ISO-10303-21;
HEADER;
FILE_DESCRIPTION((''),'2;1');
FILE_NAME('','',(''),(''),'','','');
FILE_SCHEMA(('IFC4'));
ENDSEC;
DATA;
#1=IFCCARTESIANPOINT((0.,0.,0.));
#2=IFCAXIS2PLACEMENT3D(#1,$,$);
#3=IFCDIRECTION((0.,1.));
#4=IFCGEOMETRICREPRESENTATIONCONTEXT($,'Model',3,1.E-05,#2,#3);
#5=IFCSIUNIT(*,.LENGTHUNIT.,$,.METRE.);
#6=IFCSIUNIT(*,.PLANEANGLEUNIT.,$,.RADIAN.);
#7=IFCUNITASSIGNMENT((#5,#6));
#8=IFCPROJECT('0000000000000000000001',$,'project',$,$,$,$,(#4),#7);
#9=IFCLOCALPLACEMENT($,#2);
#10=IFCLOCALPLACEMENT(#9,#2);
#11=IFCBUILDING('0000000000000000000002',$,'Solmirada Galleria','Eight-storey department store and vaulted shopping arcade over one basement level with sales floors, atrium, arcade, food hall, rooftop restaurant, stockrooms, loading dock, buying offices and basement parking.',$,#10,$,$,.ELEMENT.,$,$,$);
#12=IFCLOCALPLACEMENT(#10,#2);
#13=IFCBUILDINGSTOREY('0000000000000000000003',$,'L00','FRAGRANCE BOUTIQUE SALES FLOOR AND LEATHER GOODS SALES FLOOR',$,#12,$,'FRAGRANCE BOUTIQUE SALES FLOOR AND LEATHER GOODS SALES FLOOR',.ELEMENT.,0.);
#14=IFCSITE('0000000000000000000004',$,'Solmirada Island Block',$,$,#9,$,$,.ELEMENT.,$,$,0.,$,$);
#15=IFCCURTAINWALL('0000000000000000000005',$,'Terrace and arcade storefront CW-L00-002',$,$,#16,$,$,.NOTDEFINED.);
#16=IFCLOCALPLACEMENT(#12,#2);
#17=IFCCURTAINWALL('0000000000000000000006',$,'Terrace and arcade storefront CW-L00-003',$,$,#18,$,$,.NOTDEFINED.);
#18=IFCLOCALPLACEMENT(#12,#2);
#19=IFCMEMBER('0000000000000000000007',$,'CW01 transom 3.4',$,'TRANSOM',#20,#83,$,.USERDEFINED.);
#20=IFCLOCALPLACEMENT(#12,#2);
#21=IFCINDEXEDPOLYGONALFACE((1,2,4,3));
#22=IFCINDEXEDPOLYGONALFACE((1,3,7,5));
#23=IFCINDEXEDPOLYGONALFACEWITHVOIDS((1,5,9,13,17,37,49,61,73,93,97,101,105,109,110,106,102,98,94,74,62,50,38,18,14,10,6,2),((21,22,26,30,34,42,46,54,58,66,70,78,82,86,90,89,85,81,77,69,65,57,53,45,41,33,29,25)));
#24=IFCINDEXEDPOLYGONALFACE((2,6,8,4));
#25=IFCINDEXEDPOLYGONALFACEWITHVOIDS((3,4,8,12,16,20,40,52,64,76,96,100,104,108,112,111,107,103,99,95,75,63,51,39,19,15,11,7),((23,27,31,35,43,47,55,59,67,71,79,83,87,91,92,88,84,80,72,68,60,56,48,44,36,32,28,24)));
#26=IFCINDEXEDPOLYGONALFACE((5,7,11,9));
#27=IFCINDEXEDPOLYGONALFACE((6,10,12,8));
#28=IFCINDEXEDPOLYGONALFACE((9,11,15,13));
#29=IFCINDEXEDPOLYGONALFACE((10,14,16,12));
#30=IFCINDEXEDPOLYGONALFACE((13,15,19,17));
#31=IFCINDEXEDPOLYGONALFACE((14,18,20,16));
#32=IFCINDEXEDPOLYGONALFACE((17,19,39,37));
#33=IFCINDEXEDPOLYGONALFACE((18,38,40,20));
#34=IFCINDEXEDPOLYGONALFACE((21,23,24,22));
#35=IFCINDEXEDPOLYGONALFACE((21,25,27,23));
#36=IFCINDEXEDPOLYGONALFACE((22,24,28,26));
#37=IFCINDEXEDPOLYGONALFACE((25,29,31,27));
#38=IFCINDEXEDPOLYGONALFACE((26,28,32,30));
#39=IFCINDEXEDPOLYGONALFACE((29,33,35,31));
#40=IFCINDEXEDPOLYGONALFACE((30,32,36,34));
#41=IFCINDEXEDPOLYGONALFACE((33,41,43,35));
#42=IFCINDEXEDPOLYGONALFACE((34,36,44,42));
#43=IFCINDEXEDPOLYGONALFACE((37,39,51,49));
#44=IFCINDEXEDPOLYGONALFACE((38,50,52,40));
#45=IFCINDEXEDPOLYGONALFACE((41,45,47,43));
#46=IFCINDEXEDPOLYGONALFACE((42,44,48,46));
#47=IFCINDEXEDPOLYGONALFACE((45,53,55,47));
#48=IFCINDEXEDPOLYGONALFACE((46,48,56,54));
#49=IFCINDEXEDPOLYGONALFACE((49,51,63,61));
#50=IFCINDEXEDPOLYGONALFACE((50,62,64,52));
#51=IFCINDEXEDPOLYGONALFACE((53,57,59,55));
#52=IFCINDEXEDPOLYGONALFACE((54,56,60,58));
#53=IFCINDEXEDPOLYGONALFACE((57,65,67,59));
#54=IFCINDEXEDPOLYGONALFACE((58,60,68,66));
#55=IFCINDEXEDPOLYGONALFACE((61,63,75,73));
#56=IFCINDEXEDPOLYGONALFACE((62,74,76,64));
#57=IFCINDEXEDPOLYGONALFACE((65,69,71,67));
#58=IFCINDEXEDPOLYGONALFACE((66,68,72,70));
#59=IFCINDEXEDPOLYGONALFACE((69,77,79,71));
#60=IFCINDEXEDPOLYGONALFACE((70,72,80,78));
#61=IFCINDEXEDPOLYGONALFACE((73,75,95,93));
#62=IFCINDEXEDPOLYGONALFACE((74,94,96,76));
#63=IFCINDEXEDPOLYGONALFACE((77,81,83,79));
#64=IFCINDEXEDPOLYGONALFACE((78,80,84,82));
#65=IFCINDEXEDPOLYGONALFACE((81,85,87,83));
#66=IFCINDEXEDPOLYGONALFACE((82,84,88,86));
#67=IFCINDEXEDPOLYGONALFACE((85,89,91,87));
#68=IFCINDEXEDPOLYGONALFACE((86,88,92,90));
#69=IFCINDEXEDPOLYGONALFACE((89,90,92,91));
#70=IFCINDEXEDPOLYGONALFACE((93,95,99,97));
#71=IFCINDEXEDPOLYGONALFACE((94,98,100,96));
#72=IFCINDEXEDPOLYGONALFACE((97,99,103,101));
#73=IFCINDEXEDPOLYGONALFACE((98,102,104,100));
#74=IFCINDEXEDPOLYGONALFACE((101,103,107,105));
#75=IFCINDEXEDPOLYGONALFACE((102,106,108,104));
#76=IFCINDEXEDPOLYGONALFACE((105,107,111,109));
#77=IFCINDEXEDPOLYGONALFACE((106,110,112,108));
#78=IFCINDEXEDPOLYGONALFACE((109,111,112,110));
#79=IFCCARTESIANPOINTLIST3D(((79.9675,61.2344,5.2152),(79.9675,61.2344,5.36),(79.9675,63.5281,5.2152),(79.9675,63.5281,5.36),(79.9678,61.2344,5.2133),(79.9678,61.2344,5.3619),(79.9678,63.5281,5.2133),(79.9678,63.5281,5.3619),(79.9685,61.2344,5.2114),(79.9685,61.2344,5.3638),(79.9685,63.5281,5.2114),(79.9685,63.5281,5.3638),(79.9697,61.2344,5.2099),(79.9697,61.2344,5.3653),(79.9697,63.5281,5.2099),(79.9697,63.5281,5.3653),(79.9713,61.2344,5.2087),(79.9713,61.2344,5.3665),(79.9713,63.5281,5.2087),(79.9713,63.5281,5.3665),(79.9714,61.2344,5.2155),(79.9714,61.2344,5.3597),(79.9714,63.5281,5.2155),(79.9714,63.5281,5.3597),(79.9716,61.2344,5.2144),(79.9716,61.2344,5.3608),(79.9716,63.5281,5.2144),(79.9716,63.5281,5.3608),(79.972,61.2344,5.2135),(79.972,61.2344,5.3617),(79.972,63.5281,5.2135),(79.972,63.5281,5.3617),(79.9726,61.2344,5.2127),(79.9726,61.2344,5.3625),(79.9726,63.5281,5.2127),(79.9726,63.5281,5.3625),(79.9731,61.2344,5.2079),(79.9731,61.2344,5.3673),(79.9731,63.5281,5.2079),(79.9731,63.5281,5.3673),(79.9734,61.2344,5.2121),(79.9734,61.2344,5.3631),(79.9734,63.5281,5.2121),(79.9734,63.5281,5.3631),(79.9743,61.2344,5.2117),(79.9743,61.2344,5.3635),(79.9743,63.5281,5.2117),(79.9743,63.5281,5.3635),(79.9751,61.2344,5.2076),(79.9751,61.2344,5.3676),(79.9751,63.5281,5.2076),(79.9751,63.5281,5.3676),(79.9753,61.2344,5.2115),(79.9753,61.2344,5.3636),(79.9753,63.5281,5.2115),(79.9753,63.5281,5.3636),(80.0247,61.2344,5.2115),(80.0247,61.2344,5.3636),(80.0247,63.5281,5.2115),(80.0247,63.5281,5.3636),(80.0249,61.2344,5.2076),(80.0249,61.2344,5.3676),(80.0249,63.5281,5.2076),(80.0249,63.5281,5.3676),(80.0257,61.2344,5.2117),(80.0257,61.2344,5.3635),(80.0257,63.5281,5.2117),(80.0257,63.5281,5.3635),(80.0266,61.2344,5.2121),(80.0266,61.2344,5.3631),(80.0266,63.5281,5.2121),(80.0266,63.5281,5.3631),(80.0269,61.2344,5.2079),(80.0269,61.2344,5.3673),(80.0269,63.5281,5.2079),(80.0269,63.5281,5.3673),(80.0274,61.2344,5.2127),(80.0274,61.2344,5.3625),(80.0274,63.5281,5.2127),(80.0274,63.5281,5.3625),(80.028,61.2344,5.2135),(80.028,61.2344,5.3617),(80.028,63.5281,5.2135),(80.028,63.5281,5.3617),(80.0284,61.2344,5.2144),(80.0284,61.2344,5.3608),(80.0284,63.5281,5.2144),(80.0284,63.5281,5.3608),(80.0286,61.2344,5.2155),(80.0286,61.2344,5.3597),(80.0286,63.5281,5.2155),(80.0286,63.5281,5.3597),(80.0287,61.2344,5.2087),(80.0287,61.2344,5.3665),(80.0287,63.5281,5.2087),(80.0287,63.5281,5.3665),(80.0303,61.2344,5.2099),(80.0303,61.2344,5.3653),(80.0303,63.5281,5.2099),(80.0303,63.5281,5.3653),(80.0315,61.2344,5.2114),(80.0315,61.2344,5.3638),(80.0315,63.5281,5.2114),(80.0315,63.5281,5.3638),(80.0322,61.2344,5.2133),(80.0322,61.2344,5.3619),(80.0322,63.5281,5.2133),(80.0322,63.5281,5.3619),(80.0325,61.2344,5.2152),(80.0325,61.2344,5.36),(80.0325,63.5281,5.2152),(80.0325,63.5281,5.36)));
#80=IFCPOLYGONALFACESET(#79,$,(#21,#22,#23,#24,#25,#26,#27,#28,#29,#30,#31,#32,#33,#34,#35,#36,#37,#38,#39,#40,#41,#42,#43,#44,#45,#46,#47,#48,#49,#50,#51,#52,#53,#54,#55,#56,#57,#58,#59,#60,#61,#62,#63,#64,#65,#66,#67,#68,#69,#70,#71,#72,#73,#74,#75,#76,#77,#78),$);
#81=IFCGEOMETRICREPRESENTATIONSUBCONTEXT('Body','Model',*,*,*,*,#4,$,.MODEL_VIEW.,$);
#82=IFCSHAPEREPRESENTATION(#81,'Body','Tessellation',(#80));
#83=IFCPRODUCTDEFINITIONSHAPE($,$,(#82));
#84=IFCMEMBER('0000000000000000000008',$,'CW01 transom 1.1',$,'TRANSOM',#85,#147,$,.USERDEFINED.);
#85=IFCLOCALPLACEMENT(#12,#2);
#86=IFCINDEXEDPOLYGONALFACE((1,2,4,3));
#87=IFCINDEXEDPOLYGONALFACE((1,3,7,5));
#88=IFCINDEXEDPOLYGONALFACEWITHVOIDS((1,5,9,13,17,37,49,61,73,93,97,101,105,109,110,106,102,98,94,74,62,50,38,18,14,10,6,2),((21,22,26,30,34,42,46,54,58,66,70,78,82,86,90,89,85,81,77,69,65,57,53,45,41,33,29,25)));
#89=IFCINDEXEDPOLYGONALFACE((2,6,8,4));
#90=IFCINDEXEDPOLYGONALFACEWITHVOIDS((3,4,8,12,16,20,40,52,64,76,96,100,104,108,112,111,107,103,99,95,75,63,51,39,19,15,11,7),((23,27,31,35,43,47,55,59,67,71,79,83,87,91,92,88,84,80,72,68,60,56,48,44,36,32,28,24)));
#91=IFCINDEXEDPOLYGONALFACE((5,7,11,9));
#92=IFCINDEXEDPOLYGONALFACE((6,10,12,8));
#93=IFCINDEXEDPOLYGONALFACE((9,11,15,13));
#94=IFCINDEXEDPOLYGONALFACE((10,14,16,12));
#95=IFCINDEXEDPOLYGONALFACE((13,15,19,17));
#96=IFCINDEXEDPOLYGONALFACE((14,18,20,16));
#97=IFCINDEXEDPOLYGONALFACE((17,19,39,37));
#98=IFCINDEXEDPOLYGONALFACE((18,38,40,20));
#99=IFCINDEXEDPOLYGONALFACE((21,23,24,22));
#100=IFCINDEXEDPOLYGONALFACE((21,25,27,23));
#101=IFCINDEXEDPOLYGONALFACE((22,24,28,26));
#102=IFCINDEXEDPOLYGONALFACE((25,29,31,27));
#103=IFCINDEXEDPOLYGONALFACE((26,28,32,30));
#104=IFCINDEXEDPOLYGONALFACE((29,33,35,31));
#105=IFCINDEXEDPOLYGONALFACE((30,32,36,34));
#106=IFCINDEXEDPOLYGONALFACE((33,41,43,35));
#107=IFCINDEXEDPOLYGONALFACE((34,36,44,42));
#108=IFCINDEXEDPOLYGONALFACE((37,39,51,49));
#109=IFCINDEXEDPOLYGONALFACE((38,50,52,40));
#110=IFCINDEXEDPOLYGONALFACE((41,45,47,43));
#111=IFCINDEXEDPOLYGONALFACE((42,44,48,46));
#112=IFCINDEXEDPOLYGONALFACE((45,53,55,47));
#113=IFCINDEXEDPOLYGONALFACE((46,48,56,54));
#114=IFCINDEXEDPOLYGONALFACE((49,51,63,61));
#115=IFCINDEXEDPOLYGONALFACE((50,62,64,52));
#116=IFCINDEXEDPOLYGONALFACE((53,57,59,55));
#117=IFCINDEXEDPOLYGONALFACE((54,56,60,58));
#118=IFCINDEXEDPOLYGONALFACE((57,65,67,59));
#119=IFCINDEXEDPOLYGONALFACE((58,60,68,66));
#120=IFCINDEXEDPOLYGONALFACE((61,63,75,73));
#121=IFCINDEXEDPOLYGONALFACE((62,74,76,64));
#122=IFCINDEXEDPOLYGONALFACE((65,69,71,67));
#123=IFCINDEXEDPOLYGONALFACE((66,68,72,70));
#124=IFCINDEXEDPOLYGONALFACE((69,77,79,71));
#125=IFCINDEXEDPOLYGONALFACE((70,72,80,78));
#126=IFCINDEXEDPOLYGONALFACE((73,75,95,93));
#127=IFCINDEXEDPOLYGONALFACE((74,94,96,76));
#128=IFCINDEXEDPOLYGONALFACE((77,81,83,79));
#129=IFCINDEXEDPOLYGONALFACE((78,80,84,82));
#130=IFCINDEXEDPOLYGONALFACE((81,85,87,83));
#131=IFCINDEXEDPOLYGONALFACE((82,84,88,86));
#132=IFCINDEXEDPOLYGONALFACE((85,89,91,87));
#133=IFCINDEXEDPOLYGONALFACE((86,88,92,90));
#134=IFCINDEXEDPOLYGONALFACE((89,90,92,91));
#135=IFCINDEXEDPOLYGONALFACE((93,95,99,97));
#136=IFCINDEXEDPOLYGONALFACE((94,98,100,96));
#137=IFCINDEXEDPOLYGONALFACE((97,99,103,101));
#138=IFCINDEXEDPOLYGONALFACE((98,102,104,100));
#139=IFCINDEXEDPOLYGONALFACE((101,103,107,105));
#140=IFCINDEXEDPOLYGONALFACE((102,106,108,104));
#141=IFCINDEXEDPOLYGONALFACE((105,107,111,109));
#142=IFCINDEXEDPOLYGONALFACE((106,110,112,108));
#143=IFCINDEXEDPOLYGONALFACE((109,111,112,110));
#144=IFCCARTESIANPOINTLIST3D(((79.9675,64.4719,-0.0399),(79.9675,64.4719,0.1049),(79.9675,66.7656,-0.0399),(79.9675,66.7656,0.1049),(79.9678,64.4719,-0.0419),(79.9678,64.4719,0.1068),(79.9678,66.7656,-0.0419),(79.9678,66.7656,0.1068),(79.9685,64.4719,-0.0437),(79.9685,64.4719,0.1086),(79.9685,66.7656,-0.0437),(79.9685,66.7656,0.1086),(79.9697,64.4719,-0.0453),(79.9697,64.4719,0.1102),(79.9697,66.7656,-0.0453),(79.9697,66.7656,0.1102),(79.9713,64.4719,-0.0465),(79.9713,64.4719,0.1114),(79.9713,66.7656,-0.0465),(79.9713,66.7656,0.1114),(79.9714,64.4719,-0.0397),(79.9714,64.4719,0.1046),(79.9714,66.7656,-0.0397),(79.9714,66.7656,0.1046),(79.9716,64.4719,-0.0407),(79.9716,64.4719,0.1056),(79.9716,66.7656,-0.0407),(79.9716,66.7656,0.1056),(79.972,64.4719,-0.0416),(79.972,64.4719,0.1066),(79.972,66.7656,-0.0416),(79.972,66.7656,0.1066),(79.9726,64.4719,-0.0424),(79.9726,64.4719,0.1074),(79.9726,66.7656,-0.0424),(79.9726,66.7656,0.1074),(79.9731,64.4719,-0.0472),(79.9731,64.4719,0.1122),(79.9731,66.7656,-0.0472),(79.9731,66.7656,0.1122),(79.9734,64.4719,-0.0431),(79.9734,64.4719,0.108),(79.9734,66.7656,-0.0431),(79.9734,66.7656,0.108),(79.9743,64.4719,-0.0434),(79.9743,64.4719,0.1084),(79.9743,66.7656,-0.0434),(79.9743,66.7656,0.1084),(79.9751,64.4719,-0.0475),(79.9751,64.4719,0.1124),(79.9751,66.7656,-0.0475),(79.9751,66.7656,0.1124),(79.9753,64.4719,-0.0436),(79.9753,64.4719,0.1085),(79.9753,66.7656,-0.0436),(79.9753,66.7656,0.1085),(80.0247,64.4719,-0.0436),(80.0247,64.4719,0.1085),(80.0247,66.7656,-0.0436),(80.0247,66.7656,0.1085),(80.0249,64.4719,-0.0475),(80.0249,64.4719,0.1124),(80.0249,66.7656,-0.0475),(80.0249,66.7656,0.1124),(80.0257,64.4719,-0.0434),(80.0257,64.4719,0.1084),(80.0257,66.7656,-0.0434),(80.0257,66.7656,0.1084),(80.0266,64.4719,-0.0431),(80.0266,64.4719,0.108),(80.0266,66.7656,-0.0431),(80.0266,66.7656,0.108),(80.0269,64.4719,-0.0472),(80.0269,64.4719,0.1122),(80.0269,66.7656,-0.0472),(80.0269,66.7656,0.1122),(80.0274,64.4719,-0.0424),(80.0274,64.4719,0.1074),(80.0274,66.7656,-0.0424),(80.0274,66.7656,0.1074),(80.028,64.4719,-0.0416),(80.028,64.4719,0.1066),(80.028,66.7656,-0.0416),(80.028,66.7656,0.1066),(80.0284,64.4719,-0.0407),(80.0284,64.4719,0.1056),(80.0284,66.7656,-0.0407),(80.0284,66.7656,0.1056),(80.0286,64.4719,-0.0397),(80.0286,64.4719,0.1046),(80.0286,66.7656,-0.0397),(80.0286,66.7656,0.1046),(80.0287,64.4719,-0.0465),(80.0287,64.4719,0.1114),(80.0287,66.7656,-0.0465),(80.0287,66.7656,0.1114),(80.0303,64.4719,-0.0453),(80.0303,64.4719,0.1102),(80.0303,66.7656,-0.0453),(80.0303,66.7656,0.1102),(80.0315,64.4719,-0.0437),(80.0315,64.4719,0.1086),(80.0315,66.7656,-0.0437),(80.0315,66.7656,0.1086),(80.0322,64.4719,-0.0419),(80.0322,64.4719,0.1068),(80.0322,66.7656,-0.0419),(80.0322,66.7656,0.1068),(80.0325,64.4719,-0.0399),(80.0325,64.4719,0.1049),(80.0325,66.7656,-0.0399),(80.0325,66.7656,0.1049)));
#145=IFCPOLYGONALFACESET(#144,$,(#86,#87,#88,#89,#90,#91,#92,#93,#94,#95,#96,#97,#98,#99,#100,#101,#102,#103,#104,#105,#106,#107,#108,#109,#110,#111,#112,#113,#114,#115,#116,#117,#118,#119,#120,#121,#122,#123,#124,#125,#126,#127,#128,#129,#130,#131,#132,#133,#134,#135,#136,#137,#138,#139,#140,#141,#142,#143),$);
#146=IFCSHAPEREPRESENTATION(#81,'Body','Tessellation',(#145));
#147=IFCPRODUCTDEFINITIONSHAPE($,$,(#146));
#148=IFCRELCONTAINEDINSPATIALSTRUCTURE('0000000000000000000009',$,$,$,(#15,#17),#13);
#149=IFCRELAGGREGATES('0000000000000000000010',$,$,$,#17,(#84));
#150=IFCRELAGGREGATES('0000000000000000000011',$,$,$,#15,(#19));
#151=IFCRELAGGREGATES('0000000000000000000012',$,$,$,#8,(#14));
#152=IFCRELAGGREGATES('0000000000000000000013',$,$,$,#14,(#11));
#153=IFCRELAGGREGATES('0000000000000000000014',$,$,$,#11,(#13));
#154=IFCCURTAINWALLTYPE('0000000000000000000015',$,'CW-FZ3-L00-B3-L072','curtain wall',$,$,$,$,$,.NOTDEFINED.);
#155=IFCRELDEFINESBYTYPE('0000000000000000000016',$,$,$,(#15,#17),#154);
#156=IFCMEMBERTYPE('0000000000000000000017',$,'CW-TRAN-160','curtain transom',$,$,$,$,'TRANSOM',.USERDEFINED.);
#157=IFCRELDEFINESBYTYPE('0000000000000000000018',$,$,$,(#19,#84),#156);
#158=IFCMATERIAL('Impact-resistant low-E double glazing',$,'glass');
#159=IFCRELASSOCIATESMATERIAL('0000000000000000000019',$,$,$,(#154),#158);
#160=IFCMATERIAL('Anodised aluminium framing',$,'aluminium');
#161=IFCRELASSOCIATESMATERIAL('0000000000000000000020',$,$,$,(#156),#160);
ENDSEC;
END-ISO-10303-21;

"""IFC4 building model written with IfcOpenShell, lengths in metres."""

from ifc_helpers import new_model, si_unit, direction, frame, origin, origin_2d, place, context, subcontext, project, spatial, hollow_rectangle, extrude, material, material_profile, profile_set, type_object, element, aggregate, save


model = new_model("IFC4")

# Units and contexts
model_context = context("Model", 3, precision=1e-05, world=origin(), true_north=direction((0.0, 1.0)))
body_context = subcontext(model_context, "Body", "Model", "MODEL_VIEW")
ifc_project = project(units=[si_unit("LENGTHUNIT", "METRE"), si_unit("PLANEANGLEUNIT", "RADIAN")], contexts=[model_context])

# Site, building, storey
site_placement = place(None, origin())
site = spatial("IfcSite", under=ifc_project, at=site_placement, Name="Solmirada Island Block", CompositionType="ELEMENT", RefElevation=0.0)
building_placement = place(site_placement, origin())
building = spatial("IfcBuilding", under=site, at=building_placement, Name="Solmirada Galleria", Description="Eight-storey department store and vaulted shopping arcade over one basement level with sales floors, atrium, arcade, food hall, rooftop restaurant, stockrooms, loading dock, buying offices and basement parking.", CompositionType="ELEMENT")
storey_placement = place(building_placement, origin())
storey = spatial("IfcBuildingStorey", under=building, at=storey_placement, Name="L00", Description="FRAGRANCE BOUTIQUE SALES FLOOR AND LEATHER GOODS SALES FLOOR", LongName="FRAGRANCE BOUTIQUE SALES FLOOR AND LEATHER GOODS SALES FLOOR", CompositionType="ELEMENT", Elevation=0.0)

# Curtain wall
ifc_material_1 = material(Name="Impact-resistant low-E double glazing", Category="glass")
curtain_wall_type_1 = type_object("IfcCurtainWallType", Name="CW-FZ3-L00-B3-L072", Description="curtain wall", PredefinedType="NOTDEFINED", material=ifc_material_1)
curtain_wall_1_placement = place(storey_placement, origin())
curtain_wall_1 = element("IfcCurtainWall", 1, at=curtain_wall_1_placement, inside=storey, type_object=curtain_wall_type_1, Name="Terrace and arcade storefront CW-L00-002", PredefinedType="NOTDEFINED")
ifc_material_2 = material(Name="Anodised aluminium framing", Category="aluminium")

# Curtain wall
curtain_wall_2_placement = place(storey_placement, origin())
curtain_wall_2 = element("IfcCurtainWall", 2, at=curtain_wall_2_placement, inside=storey, type_object=curtain_wall_type_1, Name="Terrace and arcade storefront CW-L00-003", PredefinedType="NOTDEFINED")

# Members
ifc_material_profile_1 = material_profile(ifc_material_2, hollow_rectangle(XDim=0.0649, YDim=0.1599, WallThickness=0.0039, InnerFilletRadius=0.0039, OuterFilletRadius=0.0076, at=origin_2d()), Name="ALU-TRAN-160X65")
ifc_profile_set_1 = profile_set([ifc_material_profile_1], Name="Anodised aluminium framing")
member_type_1 = type_object("IfcMemberType", Name="CW-TRAN-160", Description="curtain transom", ElementType="TRANSOM", PredefinedType="USERDEFINED", material=ifc_profile_set_1)
member_1_placement = place(storey_placement, frame((80.0, 61.2344, 5.2876), z_axis=(0.0, 1.0, 0.0), x_axis=(-1.0, 0.0, 0.0)))
member_1 = element("IfcMember", 3, at=member_1_placement, type_object=member_type_1, Name="CW01 transom 3.4", ObjectType="TRANSOM", PredefinedType="USERDEFINED", context=body_context, shape_type="SweptSolid", body=[
    extrude(hollow_rectangle(XDim=0.0649, YDim=0.1599, WallThickness=0.0039, InnerFilletRadius=0.0039, OuterFilletRadius=0.0076, at=origin_2d()), origin(), (0.0, 0.0, 1.0), 2.2937),
])
member_2_placement = place(storey_placement, frame((80.0, 64.4719, 0.0325), z_axis=(0.0, 1.0, 0.0), x_axis=(-1.0, 0.0, 0.0)))
member_2 = element("IfcMember", 4, at=member_2_placement, type_object=member_type_1, Name="CW01 transom 1.1", ObjectType="TRANSOM", PredefinedType="USERDEFINED", context=body_context, shape_type="SweptSolid", body=[
    extrude(hollow_rectangle(XDim=0.0649, YDim=0.1599, WallThickness=0.0039, InnerFilletRadius=0.0039, OuterFilletRadius=0.0076, at=origin_2d()), origin(), (0.0, 0.0, 1.0), 2.2937),
])
aggregate(curtain_wall_2, [member_2])

aggregate(curtain_wall_1, [member_1])

save(model, "model.ifc")
